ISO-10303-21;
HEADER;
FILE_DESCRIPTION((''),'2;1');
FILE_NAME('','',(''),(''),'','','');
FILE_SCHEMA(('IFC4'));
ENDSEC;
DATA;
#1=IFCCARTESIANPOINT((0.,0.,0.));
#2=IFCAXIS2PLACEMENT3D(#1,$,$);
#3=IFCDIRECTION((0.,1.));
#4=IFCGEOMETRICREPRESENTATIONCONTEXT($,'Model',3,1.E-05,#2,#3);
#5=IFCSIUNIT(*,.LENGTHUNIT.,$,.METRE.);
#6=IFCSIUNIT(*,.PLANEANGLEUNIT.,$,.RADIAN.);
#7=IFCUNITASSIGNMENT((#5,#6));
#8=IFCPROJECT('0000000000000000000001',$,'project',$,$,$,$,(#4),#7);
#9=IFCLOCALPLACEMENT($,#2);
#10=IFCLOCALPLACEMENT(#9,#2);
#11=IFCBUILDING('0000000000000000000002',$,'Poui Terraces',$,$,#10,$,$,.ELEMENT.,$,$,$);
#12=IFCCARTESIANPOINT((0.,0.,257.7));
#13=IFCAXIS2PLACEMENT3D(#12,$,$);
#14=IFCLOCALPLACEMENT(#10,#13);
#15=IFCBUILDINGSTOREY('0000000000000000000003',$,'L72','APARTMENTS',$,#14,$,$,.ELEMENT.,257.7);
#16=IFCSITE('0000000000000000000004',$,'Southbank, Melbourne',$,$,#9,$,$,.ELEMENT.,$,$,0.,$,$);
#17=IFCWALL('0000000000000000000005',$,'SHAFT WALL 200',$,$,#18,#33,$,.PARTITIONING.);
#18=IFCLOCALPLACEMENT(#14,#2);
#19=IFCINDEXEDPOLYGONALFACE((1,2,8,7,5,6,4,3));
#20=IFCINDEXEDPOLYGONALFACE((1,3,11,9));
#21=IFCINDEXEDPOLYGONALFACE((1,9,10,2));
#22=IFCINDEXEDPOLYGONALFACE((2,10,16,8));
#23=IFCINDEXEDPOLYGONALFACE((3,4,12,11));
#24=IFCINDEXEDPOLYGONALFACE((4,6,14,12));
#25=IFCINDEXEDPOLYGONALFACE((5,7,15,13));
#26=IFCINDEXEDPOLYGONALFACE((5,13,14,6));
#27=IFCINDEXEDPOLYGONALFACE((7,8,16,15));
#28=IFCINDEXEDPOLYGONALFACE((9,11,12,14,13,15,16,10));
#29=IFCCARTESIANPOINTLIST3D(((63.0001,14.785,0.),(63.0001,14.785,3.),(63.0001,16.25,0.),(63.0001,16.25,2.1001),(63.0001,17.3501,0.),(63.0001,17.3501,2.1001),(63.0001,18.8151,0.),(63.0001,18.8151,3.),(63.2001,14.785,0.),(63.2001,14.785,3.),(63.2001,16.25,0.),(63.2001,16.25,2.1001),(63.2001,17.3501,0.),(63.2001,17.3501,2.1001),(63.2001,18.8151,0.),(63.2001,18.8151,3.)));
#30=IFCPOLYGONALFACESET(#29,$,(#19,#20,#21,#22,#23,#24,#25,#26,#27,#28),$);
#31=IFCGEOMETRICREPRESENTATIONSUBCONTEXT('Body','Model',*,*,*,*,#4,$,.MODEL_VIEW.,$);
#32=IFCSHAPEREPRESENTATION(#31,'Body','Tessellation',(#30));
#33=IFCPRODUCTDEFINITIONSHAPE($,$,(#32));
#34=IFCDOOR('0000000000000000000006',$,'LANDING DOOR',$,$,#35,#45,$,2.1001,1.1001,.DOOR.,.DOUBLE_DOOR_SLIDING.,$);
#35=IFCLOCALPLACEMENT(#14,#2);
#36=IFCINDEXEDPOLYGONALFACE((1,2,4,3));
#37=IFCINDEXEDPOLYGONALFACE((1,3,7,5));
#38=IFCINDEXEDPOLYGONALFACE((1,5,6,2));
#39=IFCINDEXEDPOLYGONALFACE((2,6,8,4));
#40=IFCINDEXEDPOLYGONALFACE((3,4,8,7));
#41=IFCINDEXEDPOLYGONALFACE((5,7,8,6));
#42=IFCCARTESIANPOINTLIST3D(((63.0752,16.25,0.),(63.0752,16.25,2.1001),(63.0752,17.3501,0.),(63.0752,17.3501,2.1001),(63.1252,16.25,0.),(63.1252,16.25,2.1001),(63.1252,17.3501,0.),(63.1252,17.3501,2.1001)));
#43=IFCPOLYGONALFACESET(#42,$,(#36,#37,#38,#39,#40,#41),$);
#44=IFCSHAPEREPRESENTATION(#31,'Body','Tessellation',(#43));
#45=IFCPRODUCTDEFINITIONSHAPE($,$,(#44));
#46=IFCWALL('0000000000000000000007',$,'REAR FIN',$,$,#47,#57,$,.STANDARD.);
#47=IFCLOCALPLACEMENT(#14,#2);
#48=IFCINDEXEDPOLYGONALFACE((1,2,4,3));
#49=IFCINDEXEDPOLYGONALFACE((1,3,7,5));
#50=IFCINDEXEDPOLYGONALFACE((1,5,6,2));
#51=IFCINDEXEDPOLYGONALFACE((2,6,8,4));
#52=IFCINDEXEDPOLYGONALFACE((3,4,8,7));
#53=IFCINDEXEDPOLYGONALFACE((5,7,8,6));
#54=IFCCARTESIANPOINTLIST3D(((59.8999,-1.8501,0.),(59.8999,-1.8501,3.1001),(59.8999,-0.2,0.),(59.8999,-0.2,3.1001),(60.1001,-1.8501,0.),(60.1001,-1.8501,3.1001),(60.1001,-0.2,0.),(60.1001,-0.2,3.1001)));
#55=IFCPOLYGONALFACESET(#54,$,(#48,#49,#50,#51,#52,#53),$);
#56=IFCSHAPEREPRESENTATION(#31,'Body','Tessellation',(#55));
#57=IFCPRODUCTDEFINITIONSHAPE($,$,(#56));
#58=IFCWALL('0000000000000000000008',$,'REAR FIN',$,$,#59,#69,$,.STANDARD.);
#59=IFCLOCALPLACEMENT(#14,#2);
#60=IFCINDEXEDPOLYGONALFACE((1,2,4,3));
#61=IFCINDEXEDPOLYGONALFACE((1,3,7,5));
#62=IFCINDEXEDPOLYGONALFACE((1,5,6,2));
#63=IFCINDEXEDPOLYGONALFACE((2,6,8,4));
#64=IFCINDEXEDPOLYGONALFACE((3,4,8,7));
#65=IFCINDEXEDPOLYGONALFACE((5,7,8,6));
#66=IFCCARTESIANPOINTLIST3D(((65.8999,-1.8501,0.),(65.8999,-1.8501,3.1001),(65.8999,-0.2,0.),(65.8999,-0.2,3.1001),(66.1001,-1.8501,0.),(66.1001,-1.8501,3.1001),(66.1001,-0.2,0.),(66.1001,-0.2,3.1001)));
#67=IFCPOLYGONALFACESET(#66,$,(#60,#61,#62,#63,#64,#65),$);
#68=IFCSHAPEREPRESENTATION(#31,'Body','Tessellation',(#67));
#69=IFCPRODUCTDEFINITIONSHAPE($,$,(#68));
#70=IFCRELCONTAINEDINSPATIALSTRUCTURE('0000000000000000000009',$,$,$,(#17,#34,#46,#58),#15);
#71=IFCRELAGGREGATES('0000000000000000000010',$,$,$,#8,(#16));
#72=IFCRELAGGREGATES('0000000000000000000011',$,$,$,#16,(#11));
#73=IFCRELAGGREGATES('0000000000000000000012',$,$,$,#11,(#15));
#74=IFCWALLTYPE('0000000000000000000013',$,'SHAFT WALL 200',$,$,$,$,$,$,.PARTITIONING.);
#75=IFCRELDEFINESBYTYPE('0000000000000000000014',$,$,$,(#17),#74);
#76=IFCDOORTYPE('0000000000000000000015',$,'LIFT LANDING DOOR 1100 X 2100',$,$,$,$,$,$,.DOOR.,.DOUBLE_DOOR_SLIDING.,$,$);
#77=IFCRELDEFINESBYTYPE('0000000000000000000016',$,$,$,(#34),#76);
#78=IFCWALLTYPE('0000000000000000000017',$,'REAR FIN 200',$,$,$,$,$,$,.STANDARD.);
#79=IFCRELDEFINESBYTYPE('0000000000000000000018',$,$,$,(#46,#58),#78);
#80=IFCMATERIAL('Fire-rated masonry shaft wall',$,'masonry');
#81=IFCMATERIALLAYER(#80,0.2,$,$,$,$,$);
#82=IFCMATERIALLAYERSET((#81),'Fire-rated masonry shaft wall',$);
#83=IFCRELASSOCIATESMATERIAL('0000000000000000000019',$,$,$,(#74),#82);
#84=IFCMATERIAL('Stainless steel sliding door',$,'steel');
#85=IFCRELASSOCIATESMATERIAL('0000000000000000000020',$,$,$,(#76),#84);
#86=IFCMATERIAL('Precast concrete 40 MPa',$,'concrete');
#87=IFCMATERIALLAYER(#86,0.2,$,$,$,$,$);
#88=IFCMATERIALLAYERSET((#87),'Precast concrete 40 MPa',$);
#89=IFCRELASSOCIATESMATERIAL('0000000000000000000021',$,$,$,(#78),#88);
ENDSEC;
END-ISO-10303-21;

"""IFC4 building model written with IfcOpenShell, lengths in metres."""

from ifc_helpers import new_model, si_unit, direction, frame, frame_2d, origin, place, context, subcontext, project, spatial, polyline, rectangle, outline, extrude, source, transform, mapped, material, layer, layer_set, type_object, element, fill, save


model = new_model("IFC4")

# Units and contexts
model_context = context("Model", 3, precision=1e-05, world=origin(), true_north=direction((0.0, 1.0)))
body_context = subcontext(model_context, "Body", "Model", "MODEL_VIEW")
ifc_project = project(units=[si_unit("LENGTHUNIT", "METRE"), si_unit("PLANEANGLEUNIT", "RADIAN")], contexts=[model_context])

# Site, building, storey
site_placement = place(None, origin())
site = spatial("IfcSite", under=ifc_project, at=site_placement, Name="Southbank, Melbourne", CompositionType="ELEMENT", RefElevation=0.0)
building_placement = place(site_placement, origin())
building = spatial("IfcBuilding", under=site, at=building_placement, Name="Poui Terraces", CompositionType="ELEMENT")
storey_placement = place(building_placement, frame((0.0, 0.0, 257.7)))
storey = spatial("IfcBuildingStorey", under=building, at=storey_placement, Name="L72", Description="APARTMENTS", CompositionType="ELEMENT", Elevation=257.7)

# Shared definitions
ifc_material_1 = material(Name="Precast concrete 40 MPa", Category="concrete")

# Shared definitions
ifc_material_2 = material(Name="Fire-rated masonry shaft wall", Category="masonry")
ifc_layer_1 = layer(ifc_material_2, 0.2)
ifc_layer_set_1 = layer_set([ifc_layer_1], Name="Fire-rated masonry shaft wall")
wall_type_1 = type_object("IfcWallType", Name="SHAFT WALL 200", PredefinedType="PARTITIONING", material=ifc_layer_set_1)

# Wall, opening, door
wall_1_placement = place(storey_placement, frame((63.1001, 14.7849, 0.0), z_axis=(0.0, 0.0, 1.0), x_axis=(0.0, 1.0, 0.0)))
wall_1 = element("IfcWall", 1, at=wall_1_placement, inside=storey, type_object=wall_type_1, Name="SHAFT WALL 200", PredefinedType="PARTITIONING", context=body_context, shape_type="SweptSolid", body=[
    extrude(rectangle(XDim=4.03, YDim=0.2, at=frame_2d((2.0151, 0.0))), origin(), (0.0, 0.0, 1.0), 3.0),
])
opening_1_placement = place(wall_1_placement, frame((1.4651, 0.0, 0.0)))
opening_1 = element("IfcOpeningElement", 2, at=opening_1_placement, cuts=wall_1, PredefinedType="OPENING", context=body_context, shape_type="SweptSolid", body=[
    extrude(rectangle(XDim=1.1001, YDim=2.1001, at=frame_2d((0.55, 1.05))), frame((0.0, 0.1099, 0.0), z_axis=(0.0, -1.0, 0.0), x_axis=(1.0, 0.0, 0.0)), (0.0, 0.0, 1.0), 0.22),
])
ifc_material_3 = material(Name="Stainless steel sliding door", Category="steel")
door_type_1 = type_object("IfcDoorType", Name="LIFT LANDING DOOR 1100 X 2100", OperationType="DOUBLE_DOOR_SLIDING", PredefinedType="DOOR", material=ifc_material_3)
door_1_placement = place(opening_1_placement, origin())
door_1 = element("IfcDoor", 3, at=door_1_placement, inside=storey, type_object=door_type_1, Name="LANDING DOOR", OperationType="DOUBLE_DOOR_SLIDING", OverallHeight=2.1001, OverallWidth=1.1001, PredefinedType="DOOR", context=body_context, shape_type="SweptSolid", body=[
    extrude(rectangle(XDim=1.1001, YDim=2.1001, at=frame_2d((0.55, 1.05))), frame((0.0, 0.0249, 0.0), z_axis=(0.0, -1.0, 0.0), x_axis=(1.0, 0.0, 0.0)), (0.0, 0.0, 1.0), 0.05),
])
fill(opening_1, door_1)

# Walls
ifc_layer_2 = layer(ifc_material_1, 0.2)
ifc_layer_set_2 = layer_set([ifc_layer_2], Name="Precast concrete 40 MPa")
wall_type_2 = type_object("IfcWallType", Name="REAR FIN 200", PredefinedType="STANDARD", material=ifc_layer_set_2)
shared_shape_1 = source(origin(), body_context, "Body", "SweptSolid", [
    extrude(outline(polyline([(0.0, 0.0), (0.2002, 0.0), (0.2002, 1.6501), (0.0, 1.6501), (0.0, 0.0)])), origin(), (0.0, 0.0, 1.0), 3.1001),
])
for number, where, name in (
    (4, (59.8999, -1.8501, 0.0), "REAR FIN"),
    (5, (65.8999, -1.8501, 0.0), "REAR FIN"),
):
    element("IfcWall", number, at=place(storey_placement, frame(where)), inside=storey, type_object=wall_type_2, Name=name, PredefinedType="STANDARD", context=body_context, shape_type="MappedRepresentation", body=[
        mapped(shared_shape_1, transform((0.0, 0.0, 0.0))),
    ])

save(model, "model.ifc")
